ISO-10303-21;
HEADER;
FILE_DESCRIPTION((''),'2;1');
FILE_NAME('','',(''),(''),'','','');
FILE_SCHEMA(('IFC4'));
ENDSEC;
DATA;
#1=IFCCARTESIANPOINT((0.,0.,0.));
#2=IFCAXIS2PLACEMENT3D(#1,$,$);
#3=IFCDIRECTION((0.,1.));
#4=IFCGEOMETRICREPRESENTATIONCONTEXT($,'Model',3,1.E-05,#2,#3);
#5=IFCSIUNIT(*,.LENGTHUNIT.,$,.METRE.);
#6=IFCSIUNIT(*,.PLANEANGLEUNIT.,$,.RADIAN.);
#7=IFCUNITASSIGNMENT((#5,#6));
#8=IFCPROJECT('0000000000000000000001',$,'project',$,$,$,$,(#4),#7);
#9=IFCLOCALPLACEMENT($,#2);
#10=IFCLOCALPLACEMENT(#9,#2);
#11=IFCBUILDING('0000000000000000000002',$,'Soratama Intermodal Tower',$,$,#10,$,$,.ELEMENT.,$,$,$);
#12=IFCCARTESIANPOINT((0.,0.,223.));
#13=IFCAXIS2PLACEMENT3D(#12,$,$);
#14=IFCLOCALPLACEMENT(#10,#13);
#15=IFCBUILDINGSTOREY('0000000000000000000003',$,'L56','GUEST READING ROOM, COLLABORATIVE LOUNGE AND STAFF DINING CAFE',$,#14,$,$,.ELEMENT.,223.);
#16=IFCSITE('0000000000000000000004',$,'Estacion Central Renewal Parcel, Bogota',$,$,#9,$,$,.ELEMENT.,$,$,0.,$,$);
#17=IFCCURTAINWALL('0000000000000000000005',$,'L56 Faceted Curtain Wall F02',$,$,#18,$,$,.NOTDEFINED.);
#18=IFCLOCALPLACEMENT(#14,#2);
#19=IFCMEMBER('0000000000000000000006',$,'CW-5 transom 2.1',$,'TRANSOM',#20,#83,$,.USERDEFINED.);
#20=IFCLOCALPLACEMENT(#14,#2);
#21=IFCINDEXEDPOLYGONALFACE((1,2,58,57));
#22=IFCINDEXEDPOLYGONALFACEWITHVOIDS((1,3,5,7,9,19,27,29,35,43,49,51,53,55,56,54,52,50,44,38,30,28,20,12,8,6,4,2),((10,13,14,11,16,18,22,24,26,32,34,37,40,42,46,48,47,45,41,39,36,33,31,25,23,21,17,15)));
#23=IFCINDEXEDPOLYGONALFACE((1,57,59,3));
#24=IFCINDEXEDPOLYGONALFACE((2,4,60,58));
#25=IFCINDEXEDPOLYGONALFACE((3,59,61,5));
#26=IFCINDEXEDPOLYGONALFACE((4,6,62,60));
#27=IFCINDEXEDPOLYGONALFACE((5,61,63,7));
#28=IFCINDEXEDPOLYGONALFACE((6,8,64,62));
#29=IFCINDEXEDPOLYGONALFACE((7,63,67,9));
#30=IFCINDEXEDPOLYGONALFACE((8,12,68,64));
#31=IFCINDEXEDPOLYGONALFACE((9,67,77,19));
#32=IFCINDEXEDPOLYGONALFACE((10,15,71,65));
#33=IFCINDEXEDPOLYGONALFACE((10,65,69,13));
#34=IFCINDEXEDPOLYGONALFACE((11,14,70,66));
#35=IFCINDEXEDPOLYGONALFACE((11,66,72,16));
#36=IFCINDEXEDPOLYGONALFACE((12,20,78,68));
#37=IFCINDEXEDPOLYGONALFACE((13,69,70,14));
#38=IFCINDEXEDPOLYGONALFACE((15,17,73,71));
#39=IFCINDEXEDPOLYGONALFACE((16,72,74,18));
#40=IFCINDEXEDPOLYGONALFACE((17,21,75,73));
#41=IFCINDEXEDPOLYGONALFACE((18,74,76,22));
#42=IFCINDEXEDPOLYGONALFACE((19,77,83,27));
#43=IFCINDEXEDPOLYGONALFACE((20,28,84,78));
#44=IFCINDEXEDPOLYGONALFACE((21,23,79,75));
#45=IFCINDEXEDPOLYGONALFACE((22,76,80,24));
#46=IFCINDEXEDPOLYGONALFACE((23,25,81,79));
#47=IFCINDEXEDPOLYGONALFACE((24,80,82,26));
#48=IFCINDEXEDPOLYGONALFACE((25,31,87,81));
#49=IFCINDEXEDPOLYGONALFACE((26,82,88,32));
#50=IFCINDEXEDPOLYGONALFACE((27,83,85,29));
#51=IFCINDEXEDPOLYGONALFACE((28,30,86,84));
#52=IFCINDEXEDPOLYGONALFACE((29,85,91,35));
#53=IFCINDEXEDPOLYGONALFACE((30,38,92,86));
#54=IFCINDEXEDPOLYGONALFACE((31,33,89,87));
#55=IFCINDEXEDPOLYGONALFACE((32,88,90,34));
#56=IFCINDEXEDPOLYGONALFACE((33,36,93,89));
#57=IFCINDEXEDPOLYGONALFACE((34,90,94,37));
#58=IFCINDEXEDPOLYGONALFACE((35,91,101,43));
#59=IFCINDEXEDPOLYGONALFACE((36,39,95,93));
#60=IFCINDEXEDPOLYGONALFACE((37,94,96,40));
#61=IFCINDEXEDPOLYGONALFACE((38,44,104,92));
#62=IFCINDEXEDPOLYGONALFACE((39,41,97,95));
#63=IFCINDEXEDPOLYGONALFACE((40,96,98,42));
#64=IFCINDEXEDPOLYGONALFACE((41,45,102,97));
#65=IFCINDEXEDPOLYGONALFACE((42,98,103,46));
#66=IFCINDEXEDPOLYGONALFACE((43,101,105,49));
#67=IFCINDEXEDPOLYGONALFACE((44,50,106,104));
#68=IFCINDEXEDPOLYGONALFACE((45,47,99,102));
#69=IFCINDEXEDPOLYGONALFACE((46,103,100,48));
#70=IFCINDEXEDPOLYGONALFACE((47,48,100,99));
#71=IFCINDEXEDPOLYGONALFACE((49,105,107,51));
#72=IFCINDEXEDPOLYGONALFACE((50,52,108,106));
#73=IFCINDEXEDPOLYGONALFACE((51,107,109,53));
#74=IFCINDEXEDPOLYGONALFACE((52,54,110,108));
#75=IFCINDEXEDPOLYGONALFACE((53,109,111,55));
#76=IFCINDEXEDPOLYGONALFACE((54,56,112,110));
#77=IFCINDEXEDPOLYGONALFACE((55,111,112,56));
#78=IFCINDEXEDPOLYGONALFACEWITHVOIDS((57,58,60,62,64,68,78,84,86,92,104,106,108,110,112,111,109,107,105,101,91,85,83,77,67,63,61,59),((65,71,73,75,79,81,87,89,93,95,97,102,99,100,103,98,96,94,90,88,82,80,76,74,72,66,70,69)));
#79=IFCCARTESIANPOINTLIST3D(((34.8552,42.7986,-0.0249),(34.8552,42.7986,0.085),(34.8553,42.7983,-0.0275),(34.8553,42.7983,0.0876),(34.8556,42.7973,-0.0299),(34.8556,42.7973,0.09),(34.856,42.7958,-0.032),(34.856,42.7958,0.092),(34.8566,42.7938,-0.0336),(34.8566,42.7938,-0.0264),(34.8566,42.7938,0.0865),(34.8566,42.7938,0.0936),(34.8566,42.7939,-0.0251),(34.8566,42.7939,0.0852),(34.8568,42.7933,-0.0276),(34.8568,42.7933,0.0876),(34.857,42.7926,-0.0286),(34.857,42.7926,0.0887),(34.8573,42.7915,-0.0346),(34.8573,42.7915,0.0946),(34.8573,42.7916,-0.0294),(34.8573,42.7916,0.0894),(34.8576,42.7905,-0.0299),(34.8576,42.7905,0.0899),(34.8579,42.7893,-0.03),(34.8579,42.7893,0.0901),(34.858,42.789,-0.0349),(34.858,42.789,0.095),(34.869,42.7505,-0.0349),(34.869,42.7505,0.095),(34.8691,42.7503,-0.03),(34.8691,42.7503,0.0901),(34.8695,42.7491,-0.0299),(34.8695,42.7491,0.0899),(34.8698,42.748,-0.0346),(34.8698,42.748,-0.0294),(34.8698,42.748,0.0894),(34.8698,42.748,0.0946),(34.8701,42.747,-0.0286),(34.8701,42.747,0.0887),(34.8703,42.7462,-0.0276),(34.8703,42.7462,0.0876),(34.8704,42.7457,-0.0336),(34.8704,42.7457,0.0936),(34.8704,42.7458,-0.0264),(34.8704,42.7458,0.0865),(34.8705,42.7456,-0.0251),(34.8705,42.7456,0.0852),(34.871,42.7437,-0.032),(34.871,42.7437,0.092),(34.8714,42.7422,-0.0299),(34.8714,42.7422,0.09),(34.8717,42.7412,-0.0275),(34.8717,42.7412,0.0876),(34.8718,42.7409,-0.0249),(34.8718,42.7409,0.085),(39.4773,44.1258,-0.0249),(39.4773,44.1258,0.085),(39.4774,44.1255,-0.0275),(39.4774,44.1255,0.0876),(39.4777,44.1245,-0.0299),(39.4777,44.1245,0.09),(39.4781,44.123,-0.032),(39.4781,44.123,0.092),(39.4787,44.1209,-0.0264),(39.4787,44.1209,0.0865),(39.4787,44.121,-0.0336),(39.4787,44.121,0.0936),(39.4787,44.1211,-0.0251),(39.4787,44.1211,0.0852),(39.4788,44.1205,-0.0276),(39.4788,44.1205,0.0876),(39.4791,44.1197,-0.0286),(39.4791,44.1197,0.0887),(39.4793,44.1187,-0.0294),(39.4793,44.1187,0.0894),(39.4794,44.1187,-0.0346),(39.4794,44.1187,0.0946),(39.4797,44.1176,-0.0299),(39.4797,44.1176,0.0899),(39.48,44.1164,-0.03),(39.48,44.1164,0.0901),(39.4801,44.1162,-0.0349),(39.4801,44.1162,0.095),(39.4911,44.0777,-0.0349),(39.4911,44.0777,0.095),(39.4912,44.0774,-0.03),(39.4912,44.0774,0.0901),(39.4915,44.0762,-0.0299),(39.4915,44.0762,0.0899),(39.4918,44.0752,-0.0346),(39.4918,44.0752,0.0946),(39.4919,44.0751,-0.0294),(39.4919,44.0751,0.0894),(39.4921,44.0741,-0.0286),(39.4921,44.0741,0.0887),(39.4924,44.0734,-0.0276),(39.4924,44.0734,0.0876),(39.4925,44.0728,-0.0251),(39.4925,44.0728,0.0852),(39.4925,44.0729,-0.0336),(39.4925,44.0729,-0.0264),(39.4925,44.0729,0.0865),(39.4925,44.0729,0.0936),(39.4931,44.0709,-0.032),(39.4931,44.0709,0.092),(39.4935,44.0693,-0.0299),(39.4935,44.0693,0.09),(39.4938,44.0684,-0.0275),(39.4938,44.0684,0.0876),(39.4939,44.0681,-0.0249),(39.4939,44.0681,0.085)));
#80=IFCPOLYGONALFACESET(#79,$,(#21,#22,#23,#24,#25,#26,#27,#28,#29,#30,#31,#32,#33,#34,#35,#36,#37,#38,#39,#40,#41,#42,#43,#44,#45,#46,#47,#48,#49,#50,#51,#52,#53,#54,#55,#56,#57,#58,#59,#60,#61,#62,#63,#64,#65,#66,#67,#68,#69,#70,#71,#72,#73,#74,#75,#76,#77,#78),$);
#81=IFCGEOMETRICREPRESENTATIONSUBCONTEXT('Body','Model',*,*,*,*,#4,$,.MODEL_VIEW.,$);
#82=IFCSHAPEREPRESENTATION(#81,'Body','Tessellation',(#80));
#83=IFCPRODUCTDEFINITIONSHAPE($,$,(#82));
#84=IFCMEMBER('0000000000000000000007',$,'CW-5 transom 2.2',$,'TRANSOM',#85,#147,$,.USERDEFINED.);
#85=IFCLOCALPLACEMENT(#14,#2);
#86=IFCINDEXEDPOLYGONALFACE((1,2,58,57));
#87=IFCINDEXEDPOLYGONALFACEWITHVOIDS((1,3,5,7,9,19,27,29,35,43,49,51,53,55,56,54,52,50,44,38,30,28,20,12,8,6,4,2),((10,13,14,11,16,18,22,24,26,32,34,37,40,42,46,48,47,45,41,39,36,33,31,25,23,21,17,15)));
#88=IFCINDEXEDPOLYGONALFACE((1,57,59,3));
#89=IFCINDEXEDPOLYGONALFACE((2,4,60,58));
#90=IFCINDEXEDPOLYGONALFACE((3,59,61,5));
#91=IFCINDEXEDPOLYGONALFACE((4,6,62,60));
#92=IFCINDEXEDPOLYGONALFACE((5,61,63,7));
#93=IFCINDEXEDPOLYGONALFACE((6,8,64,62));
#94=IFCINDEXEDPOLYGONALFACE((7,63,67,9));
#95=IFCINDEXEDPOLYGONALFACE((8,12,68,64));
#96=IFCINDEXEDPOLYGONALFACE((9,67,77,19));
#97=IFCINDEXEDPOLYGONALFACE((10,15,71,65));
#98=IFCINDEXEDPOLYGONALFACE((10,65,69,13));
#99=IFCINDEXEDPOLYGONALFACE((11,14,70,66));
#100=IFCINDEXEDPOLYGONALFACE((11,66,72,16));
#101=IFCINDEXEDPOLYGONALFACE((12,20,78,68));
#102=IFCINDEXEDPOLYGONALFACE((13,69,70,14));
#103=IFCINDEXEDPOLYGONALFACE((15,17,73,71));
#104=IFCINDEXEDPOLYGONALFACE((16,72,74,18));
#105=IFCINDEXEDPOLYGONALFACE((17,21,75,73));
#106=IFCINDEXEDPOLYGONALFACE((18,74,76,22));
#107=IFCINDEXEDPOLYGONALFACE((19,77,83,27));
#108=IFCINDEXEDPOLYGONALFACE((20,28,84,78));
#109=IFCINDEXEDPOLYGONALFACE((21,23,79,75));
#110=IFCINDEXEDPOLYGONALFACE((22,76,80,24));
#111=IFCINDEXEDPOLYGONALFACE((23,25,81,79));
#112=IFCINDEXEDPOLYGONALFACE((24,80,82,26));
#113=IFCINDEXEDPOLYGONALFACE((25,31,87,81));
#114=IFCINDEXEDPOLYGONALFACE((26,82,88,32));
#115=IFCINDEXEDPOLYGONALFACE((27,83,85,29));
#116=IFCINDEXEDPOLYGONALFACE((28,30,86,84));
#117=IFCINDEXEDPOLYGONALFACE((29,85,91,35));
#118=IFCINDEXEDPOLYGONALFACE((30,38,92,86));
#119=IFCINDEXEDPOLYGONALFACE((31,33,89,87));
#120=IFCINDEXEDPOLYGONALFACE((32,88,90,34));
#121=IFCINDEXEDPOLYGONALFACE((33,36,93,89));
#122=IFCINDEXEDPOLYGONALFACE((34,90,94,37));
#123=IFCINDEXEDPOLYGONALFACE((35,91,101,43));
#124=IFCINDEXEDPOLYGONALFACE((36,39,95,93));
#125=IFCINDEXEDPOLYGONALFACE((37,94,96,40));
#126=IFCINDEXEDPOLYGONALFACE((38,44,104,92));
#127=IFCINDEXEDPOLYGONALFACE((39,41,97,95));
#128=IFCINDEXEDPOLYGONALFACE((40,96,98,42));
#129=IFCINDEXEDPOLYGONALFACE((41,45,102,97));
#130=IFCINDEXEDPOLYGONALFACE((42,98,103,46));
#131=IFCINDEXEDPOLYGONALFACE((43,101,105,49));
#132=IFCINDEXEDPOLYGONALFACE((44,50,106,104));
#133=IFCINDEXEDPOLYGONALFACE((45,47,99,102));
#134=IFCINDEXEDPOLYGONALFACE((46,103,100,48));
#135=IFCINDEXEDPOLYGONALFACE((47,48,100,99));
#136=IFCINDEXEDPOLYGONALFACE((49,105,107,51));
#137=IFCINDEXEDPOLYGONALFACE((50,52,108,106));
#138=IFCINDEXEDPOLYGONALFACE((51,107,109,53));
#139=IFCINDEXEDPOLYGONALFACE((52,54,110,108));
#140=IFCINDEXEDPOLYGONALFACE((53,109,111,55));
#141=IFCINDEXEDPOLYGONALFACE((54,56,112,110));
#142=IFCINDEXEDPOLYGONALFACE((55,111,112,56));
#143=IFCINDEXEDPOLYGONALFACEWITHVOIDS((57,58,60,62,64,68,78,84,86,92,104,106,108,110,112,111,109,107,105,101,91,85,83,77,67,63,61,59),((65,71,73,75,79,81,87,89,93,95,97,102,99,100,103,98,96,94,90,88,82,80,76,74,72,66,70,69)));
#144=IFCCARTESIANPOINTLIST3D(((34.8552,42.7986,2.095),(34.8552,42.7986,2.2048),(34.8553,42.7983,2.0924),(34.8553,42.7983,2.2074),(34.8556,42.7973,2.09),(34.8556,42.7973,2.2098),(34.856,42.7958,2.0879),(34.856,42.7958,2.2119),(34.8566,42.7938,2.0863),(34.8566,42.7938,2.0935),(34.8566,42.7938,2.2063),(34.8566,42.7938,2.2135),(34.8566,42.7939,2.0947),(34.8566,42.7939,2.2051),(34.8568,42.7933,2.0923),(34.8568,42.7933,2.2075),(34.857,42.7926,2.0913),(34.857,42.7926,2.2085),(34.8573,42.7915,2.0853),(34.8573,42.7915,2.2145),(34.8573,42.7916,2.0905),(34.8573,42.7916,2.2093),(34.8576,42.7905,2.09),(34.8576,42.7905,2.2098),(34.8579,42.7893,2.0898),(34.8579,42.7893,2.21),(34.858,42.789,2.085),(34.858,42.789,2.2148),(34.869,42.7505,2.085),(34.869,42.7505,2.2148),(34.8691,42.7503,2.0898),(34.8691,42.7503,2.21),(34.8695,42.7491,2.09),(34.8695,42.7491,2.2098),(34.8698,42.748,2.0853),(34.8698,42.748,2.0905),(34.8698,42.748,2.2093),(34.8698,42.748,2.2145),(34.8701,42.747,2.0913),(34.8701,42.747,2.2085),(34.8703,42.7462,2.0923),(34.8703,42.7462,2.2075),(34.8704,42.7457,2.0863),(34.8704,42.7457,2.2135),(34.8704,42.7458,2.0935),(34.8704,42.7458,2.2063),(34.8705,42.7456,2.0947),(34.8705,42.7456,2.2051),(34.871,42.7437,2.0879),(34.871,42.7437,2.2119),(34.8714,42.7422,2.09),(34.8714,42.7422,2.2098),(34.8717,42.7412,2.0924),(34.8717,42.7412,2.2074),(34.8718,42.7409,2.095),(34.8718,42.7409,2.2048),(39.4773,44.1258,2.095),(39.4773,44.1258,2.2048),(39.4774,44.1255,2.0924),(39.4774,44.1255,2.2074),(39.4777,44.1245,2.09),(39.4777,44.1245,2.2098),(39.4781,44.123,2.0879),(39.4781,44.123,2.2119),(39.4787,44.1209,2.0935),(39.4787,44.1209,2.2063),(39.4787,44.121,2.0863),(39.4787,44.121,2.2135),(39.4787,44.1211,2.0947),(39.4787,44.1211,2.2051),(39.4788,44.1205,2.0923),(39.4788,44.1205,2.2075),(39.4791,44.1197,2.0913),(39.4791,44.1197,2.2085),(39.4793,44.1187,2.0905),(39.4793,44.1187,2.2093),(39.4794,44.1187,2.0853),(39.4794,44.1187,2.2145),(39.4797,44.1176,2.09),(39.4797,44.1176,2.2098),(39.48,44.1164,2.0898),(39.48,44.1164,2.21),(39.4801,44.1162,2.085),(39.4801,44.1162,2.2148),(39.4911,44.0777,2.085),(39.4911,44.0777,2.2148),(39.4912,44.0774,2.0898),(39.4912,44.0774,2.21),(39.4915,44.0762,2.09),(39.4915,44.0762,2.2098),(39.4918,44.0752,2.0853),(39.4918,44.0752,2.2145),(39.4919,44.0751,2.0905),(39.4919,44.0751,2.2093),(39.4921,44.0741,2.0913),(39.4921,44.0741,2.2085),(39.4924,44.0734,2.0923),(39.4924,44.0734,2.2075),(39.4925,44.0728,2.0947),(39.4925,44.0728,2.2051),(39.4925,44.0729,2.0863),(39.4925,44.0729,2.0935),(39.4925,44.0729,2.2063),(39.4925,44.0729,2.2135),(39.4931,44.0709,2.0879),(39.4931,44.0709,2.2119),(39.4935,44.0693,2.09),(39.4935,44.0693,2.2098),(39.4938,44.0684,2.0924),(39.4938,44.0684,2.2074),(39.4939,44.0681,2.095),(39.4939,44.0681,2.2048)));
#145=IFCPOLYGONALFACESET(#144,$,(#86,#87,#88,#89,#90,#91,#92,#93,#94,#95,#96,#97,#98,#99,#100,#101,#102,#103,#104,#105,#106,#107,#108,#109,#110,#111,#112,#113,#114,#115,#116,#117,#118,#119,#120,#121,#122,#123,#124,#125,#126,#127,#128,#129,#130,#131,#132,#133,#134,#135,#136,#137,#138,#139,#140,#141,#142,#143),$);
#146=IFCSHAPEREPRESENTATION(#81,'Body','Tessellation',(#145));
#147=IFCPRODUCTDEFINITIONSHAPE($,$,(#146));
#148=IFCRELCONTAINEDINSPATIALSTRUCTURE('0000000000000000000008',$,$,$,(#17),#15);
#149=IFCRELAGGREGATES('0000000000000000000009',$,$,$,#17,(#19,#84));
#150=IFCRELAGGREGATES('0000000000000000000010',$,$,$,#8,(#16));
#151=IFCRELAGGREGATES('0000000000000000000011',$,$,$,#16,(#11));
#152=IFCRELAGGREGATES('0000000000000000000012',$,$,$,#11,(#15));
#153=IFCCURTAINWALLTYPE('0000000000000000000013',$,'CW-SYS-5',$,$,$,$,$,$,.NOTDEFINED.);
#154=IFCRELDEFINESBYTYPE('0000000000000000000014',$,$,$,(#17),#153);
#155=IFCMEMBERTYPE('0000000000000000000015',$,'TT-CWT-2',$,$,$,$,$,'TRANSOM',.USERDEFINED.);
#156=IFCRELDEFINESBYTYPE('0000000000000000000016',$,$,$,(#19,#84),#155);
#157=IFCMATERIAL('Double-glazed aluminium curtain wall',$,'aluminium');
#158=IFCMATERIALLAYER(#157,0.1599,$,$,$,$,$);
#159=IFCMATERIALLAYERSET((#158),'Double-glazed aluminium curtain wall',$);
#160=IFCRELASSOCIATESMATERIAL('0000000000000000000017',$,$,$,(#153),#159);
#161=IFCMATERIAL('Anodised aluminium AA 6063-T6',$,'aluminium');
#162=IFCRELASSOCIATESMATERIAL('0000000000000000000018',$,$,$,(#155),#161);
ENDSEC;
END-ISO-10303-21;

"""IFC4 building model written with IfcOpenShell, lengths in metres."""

from ifc_helpers import new_model, si_unit, direction, frame, origin, origin_2d, place, context, subcontext, project, spatial, hollow_rectangle, extrude, material, layer, layer_set, material_profile, profile_set, type_object, element, aggregate, save


model = new_model("IFC4")

# Units and contexts
model_context = context("Model", 3, precision=1e-05, world=origin(), true_north=direction((0.0, 1.0)))
body_context = subcontext(model_context, "Body", "Model", "MODEL_VIEW")
ifc_project = project(units=[si_unit("LENGTHUNIT", "METRE"), si_unit("PLANEANGLEUNIT", "RADIAN")], contexts=[model_context])

# Site, building, storey
site_placement = place(None, origin())
site = spatial("IfcSite", under=ifc_project, at=site_placement, Name="Estacion Central Renewal Parcel, Bogota", CompositionType="ELEMENT", RefElevation=0.0)
building_placement = place(site_placement, origin())
building = spatial("IfcBuilding", under=site, at=building_placement, Name="Soratama Intermodal Tower", CompositionType="ELEMENT")
storey_placement = place(building_placement, frame((0.0, 0.0, 223.0)))
storey = spatial("IfcBuildingStorey", under=building, at=storey_placement, Name="L56", Description="GUEST READING ROOM, COLLABORATIVE LOUNGE AND STAFF DINING CAFE", CompositionType="ELEMENT", Elevation=223.0)

# Curtain wall, members
ifc_material_1 = material(Name="Double-glazed aluminium curtain wall", Category="aluminium")
ifc_layer_1 = layer(ifc_material_1, 0.1599)
ifc_layer_set_1 = layer_set([ifc_layer_1], Name="Double-glazed aluminium curtain wall")
curtain_wall_type = type_object("IfcCurtainWallType", Name="CW-SYS-5", PredefinedType="NOTDEFINED", material=ifc_layer_set_1)
curtain_wall_placement = place(storey_placement, origin())
curtain_wall = element("IfcCurtainWall", 1, at=curtain_wall_placement, inside=storey, type_object=curtain_wall_type, Name="L56 Faceted Curtain Wall F02", PredefinedType="NOTDEFINED")
ifc_material_2 = material(Name="Anodised aluminium AA 6063-T6", Category="aluminium")
ifc_material_profile_1 = material_profile(ifc_material_2, hollow_rectangle(XDim=0.0601, YDim=0.1299, WallThickness=0.0049, InnerFilletRadius=0.0049, OuterFilletRadius=0.01, at=origin_2d()), Name="CWT130X60X5")
ifc_profile_set_1 = profile_set([ifc_material_profile_1], Name="Anodised aluminium AA 6063-T6")
member_type_1 = type_object("IfcMemberType", Name="TT-CWT-2", ElementType="TRANSOM", PredefinedType="USERDEFINED", material=ifc_profile_set_1)
member_1_placement = place(storey_placement, frame((39.4856, 44.0969, 0.03), z_axis=(-0.961163, -0.275982, 0.0), x_axis=(0.275982, -0.961163, 0.0)))
member_1 = element("IfcMember", 2, at=member_1_placement, type_object=member_type_1, Name="CW-5 transom 2.1", ObjectType="TRANSOM", PredefinedType="USERDEFINED", context=body_context, shape_type="SweptSolid", body=[
    extrude(hollow_rectangle(XDim=0.0601, YDim=0.1299, WallThickness=0.0049, InnerFilletRadius=0.0049, OuterFilletRadius=0.01, at=origin_2d()), origin(), (0.0, 0.0, 1.0), 4.8088),
])
member_2_placement = place(storey_placement, frame((39.4856, 44.0969, 2.1499), z_axis=(-0.961163, -0.275982, 0.0), x_axis=(0.275982, -0.961163, 0.0)))
member_2 = element("IfcMember", 3, at=member_2_placement, type_object=member_type_1, Name="CW-5 transom 2.2", ObjectType="TRANSOM", PredefinedType="USERDEFINED", context=body_context, shape_type="SweptSolid", body=[
    extrude(hollow_rectangle(XDim=0.0601, YDim=0.1299, WallThickness=0.0049, InnerFilletRadius=0.0049, OuterFilletRadius=0.01, at=origin_2d()), origin(), (0.0, 0.0, 1.0), 4.8088),
])
aggregate(curtain_wall, [member_1, member_2])

save(model, "model.ifc")
